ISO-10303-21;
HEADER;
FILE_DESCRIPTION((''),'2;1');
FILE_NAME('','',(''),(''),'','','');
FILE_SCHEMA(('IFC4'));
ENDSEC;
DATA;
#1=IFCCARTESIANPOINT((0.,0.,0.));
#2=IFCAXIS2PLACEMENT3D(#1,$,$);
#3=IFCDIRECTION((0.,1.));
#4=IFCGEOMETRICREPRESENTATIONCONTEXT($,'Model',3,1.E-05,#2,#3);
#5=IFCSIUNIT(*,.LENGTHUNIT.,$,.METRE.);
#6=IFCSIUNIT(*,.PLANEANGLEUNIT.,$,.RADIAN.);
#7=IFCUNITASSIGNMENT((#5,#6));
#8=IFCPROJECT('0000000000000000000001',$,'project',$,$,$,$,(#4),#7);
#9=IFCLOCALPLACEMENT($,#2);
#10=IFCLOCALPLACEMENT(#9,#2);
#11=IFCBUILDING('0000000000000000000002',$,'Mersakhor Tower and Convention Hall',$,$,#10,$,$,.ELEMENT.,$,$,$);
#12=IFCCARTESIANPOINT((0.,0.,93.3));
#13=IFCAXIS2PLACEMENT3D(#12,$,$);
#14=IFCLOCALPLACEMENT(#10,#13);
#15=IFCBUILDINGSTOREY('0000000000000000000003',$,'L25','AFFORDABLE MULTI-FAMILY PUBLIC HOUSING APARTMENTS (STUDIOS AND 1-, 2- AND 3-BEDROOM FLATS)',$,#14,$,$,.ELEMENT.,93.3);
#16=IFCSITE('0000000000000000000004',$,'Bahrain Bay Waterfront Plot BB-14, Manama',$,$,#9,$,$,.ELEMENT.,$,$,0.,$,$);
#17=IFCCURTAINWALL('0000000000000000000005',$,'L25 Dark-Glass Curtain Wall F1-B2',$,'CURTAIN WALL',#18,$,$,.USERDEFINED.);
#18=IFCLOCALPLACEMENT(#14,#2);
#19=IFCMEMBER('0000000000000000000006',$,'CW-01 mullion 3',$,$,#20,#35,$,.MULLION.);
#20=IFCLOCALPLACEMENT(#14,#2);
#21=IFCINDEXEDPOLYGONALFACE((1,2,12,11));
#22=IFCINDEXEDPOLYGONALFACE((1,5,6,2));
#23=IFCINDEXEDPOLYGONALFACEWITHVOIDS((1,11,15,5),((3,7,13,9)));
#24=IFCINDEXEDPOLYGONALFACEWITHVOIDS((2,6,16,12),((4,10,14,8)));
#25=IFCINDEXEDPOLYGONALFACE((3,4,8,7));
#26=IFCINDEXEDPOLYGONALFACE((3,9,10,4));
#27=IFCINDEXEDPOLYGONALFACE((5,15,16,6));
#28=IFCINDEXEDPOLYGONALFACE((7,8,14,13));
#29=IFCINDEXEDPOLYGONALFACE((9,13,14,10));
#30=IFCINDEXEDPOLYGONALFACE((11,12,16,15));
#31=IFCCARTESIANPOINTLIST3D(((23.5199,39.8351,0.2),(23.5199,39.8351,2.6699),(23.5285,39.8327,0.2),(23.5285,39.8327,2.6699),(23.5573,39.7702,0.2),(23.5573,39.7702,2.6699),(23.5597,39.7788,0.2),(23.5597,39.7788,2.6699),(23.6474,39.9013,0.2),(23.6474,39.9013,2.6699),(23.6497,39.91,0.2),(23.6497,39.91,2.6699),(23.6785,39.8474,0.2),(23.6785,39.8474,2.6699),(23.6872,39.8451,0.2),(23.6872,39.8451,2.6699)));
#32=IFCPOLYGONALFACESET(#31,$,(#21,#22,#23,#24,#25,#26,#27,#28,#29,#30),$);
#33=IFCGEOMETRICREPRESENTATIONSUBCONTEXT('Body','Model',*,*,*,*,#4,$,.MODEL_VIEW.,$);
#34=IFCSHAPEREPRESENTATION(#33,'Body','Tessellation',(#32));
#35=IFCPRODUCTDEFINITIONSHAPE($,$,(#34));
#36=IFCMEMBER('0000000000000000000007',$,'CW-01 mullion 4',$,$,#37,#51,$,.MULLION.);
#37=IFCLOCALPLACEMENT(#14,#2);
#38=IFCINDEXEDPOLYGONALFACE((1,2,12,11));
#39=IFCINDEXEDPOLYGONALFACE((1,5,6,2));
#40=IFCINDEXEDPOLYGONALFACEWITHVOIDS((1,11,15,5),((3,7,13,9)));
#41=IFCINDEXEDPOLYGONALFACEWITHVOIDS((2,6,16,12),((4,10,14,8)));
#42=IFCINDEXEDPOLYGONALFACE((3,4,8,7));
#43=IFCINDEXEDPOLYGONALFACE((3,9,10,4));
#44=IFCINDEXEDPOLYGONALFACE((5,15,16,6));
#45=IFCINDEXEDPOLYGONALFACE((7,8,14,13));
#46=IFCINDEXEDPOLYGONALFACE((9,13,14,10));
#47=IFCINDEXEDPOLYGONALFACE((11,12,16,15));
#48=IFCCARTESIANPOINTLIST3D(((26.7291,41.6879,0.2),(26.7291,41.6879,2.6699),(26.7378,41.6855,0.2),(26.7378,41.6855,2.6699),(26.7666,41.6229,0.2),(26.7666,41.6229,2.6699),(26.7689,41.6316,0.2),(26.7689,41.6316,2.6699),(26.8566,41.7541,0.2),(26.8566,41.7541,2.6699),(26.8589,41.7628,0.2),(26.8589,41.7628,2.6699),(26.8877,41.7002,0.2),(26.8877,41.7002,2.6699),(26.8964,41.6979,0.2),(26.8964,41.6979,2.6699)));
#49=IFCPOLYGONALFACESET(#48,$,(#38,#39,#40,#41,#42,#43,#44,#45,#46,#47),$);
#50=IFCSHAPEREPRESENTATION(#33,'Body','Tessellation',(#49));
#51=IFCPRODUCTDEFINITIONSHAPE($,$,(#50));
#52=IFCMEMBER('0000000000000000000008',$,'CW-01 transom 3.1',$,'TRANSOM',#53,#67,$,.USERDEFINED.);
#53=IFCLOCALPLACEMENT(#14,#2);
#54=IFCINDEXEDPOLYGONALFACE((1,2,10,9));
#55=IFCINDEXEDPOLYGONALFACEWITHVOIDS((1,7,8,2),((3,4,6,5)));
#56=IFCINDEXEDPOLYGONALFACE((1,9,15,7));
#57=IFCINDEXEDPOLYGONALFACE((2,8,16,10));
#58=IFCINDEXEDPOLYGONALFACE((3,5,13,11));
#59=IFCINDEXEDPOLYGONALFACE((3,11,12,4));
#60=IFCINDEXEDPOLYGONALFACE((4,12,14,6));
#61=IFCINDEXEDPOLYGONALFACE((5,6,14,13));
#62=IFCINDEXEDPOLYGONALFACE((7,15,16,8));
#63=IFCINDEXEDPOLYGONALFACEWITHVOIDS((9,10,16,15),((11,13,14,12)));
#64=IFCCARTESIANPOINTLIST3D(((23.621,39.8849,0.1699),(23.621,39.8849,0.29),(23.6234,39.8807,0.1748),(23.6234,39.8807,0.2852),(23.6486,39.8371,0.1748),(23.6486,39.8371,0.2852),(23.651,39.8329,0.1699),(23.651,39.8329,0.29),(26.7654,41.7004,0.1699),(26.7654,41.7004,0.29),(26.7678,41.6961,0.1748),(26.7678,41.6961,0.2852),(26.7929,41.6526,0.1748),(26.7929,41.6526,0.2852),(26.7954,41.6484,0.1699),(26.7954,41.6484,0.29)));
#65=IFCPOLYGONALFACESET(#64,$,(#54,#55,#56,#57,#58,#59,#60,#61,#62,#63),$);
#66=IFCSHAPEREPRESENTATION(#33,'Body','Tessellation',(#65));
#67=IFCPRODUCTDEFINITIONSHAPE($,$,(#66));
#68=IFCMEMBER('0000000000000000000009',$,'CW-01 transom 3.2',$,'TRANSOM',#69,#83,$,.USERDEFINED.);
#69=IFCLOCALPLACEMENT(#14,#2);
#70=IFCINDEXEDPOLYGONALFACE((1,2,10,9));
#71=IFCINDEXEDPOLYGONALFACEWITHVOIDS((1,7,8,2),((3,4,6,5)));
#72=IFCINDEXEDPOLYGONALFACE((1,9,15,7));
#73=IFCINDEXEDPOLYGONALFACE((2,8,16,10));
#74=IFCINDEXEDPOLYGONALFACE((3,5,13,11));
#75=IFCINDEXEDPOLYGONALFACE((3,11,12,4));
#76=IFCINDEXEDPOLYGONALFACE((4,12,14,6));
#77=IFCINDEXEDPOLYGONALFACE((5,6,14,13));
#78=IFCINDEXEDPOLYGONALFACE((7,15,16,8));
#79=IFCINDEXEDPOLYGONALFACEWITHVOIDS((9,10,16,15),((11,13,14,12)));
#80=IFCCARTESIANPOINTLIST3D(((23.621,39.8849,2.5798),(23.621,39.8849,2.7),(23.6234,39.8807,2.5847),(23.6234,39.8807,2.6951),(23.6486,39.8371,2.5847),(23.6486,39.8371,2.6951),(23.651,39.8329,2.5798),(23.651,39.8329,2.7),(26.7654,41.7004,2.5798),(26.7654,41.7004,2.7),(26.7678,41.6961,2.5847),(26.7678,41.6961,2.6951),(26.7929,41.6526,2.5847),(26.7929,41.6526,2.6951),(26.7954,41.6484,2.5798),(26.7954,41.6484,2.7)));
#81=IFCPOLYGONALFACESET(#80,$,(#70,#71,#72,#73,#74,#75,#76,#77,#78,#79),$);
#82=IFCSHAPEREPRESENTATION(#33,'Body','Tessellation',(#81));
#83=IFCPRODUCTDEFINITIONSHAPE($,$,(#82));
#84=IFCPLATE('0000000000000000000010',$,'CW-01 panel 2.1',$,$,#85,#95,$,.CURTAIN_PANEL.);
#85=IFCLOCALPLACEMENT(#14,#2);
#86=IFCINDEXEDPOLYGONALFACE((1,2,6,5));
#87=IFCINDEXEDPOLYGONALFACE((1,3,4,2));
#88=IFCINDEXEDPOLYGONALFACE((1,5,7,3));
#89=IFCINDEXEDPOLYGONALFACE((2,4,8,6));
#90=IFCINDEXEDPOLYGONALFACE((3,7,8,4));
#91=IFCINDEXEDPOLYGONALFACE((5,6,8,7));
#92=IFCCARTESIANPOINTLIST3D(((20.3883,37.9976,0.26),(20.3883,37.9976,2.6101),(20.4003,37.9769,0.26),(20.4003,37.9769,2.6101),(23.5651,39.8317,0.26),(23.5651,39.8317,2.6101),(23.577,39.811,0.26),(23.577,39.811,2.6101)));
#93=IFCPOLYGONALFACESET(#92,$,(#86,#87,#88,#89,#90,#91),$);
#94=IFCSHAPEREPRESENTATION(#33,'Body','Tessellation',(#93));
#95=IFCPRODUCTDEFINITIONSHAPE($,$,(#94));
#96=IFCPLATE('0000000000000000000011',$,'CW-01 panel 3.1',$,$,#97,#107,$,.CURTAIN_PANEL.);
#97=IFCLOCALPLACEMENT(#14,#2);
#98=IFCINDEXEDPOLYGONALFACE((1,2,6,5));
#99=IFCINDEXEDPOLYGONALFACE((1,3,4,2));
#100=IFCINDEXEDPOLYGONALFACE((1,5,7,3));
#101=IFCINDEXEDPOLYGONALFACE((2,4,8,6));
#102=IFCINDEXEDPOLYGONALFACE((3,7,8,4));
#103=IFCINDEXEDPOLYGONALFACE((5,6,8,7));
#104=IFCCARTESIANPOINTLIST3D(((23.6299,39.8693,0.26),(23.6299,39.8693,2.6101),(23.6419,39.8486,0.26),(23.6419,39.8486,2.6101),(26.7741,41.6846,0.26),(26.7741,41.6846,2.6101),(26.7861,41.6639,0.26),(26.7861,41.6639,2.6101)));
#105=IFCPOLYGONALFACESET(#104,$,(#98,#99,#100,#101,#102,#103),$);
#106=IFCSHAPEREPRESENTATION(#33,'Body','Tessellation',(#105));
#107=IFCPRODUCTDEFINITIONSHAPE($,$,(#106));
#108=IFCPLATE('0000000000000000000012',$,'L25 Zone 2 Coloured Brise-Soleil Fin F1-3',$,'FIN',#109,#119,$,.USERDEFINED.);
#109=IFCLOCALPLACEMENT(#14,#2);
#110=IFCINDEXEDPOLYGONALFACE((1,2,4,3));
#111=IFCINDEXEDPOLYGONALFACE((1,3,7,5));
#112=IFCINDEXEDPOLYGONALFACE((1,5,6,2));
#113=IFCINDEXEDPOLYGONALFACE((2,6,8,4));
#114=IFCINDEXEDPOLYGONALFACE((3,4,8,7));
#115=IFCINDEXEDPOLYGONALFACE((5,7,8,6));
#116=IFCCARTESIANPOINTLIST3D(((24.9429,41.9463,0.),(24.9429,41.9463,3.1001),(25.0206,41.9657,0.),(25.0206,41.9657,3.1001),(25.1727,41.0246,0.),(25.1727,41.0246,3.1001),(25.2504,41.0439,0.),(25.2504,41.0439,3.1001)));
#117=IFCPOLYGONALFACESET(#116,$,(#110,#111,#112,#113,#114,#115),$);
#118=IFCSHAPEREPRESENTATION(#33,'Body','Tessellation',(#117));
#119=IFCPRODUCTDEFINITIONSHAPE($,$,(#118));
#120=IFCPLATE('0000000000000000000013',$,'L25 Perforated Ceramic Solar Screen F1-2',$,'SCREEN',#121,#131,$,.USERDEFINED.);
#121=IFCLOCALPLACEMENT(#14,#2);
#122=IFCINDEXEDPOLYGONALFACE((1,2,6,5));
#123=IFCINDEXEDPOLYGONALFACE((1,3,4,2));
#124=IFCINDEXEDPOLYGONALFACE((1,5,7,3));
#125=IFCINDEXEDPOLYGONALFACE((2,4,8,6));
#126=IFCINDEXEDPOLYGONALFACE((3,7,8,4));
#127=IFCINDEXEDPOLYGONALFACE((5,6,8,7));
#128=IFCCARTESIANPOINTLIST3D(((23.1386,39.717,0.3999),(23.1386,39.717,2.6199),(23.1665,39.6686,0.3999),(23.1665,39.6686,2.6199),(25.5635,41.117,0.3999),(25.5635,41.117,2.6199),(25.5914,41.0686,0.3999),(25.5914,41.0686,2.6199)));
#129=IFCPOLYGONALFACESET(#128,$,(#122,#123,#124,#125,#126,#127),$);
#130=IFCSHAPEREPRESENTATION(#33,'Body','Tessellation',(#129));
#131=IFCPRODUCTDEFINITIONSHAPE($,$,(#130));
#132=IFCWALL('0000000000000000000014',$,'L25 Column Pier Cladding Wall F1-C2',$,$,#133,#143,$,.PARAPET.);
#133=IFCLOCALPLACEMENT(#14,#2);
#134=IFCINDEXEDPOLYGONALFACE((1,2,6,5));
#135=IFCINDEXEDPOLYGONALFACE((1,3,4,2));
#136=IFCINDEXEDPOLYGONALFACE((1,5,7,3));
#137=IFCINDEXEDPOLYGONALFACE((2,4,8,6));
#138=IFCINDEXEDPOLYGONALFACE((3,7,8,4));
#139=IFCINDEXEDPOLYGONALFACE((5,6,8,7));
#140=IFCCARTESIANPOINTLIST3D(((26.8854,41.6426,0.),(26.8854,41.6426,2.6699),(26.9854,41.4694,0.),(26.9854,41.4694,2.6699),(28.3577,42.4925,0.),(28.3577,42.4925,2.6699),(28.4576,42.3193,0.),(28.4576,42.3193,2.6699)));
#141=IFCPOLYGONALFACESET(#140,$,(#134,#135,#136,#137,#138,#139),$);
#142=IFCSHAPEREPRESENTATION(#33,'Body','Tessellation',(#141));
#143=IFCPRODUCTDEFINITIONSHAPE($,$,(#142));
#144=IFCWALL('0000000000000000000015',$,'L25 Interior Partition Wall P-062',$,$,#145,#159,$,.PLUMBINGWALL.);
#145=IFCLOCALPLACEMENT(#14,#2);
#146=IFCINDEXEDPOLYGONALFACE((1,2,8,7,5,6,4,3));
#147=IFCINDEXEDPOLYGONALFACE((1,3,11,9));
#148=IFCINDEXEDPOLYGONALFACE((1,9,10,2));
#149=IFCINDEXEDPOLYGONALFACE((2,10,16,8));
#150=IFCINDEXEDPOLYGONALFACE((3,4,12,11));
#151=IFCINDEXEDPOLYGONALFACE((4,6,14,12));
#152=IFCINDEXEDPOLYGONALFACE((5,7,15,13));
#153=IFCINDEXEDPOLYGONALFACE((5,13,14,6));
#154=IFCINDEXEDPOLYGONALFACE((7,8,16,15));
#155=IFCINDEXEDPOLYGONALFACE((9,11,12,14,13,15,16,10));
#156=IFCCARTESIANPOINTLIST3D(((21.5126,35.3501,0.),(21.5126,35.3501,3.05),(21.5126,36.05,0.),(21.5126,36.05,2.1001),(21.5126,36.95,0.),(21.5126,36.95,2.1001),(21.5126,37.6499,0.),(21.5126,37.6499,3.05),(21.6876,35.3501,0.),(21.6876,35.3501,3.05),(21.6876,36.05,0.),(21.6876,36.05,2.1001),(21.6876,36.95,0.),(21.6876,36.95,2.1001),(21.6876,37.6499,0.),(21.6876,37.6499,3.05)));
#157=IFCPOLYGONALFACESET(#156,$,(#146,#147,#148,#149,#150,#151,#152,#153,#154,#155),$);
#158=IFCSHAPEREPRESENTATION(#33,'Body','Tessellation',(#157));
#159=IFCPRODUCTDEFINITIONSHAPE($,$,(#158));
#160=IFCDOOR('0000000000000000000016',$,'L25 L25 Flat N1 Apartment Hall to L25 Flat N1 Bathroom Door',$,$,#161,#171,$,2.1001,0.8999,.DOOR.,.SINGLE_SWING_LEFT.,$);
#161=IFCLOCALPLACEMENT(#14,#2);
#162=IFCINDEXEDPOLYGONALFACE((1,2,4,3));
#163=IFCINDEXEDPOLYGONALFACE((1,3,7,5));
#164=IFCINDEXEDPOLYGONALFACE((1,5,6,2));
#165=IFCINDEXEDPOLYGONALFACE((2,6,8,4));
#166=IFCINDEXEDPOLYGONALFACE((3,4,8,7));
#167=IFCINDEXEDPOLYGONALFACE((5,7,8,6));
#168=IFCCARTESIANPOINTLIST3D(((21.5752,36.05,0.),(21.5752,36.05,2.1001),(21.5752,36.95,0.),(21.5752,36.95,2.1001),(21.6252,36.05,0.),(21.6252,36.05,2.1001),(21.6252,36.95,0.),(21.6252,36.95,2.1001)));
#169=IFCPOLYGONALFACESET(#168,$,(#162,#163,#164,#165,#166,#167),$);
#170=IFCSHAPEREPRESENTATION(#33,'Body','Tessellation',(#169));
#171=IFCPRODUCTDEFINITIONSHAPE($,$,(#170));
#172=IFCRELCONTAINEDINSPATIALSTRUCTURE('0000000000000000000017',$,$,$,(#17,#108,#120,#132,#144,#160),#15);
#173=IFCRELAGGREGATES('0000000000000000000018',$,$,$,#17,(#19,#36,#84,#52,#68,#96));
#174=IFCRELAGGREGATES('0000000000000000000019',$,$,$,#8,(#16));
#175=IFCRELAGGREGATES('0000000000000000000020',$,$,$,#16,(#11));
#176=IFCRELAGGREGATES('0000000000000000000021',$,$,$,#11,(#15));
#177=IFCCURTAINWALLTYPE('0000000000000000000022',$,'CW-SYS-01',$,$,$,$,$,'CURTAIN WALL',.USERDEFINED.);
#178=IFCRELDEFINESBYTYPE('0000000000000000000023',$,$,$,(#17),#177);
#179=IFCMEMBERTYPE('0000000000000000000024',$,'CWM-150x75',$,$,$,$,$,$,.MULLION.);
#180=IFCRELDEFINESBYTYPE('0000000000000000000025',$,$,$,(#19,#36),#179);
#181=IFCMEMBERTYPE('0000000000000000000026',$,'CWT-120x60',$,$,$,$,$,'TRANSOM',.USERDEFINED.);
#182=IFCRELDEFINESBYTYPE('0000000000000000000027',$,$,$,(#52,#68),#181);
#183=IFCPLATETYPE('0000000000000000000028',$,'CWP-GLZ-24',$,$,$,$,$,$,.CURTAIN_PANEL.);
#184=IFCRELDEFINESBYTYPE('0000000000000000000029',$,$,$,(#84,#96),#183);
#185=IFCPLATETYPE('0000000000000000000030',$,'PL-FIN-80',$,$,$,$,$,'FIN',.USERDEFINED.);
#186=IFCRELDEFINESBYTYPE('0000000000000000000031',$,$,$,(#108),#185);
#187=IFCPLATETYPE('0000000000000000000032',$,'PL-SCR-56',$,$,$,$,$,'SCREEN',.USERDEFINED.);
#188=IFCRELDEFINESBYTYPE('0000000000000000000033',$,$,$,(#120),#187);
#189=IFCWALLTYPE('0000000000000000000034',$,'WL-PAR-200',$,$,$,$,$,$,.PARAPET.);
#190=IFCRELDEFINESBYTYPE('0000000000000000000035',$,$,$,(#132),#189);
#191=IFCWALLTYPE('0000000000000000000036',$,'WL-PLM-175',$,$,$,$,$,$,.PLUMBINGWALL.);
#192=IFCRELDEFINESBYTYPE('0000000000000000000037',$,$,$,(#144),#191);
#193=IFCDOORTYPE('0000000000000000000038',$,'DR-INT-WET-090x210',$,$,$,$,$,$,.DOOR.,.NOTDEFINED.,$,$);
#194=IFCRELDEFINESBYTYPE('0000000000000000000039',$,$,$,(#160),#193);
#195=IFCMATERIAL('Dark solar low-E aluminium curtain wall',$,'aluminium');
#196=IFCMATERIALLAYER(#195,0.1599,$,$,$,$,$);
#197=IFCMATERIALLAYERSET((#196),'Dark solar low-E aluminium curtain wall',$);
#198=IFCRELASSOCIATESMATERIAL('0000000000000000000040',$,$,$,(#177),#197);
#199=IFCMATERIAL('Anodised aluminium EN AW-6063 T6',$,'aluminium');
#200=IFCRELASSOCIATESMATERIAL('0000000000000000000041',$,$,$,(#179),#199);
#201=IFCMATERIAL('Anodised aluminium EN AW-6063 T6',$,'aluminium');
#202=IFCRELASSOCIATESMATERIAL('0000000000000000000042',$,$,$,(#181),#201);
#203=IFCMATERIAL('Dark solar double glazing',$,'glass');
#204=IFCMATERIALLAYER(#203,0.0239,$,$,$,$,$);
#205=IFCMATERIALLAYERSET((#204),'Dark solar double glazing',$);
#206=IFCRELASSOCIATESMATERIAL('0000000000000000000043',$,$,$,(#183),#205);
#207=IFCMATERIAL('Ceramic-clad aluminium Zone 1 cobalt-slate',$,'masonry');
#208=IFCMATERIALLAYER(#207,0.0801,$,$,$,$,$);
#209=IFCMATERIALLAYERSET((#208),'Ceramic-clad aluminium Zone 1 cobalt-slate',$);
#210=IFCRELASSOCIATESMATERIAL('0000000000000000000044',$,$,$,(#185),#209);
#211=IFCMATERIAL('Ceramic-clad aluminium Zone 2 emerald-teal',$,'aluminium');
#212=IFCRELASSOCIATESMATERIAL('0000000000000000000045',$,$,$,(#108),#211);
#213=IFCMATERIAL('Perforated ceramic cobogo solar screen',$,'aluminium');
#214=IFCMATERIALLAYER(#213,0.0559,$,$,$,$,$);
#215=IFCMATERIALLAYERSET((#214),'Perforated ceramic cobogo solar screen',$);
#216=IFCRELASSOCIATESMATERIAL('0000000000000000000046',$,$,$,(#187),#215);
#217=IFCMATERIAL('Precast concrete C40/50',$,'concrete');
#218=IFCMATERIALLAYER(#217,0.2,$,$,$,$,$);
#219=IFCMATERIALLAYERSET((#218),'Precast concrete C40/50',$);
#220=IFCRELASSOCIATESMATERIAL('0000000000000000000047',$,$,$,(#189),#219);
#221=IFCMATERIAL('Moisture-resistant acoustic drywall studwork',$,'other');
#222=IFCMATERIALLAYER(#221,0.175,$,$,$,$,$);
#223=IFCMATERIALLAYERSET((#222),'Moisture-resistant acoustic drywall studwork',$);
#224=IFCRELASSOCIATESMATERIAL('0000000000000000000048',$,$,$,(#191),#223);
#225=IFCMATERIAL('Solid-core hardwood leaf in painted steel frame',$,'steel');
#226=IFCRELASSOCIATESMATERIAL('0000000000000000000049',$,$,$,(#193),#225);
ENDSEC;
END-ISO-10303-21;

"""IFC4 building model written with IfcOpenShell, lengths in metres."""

from ifc_helpers import new_model, si_unit, direction, frame, frame_2d, origin, origin_2d, place, context, subcontext, project, spatial, rectangle, hollow_rectangle, extrude, material, layer, layer_set, material_profile, profile_set, type_object, element, fill, aggregate, save


model = new_model("IFC4")

# Units and contexts
model_context = context("Model", 3, precision=1e-05, world=origin(), true_north=direction((0.0, 1.0)))
body_context = subcontext(model_context, "Body", "Model", "MODEL_VIEW")
ifc_project = project(units=[si_unit("LENGTHUNIT", "METRE"), si_unit("PLANEANGLEUNIT", "RADIAN")], contexts=[model_context])

# Site, building, storey
site_placement = place(None, origin())
site = spatial("IfcSite", under=ifc_project, at=site_placement, Name="Bahrain Bay Waterfront Plot BB-14, Manama", CompositionType="ELEMENT", RefElevation=0.0)
building_placement = place(site_placement, origin())
building = spatial("IfcBuilding", under=site, at=building_placement, Name="Mersakhor Tower and Convention Hall", CompositionType="ELEMENT")
storey_placement = place(building_placement, frame((0.0, 0.0, 93.3)))
storey = spatial("IfcBuildingStorey", under=building, at=storey_placement, Name="L25", Description="AFFORDABLE MULTI-FAMILY PUBLIC HOUSING APARTMENTS (STUDIOS AND 1-, 2- AND 3-BEDROOM FLATS)", CompositionType="ELEMENT", Elevation=93.3)

# Curtain wall, members, plates
ifc_material_1 = material(Name="Dark solar low-E aluminium curtain wall", Category="aluminium")
ifc_layer_1 = layer(ifc_material_1, 0.1599)
ifc_layer_set_1 = layer_set([ifc_layer_1], Name="Dark solar low-E aluminium curtain wall")
curtain_wall_type = type_object("IfcCurtainWallType", Name="CW-SYS-01", ElementType="CURTAIN WALL", PredefinedType="USERDEFINED", material=ifc_layer_set_1)
curtain_wall_placement = place(storey_placement, origin())
curtain_wall = element("IfcCurtainWall", 1, at=curtain_wall_placement, inside=storey, type_object=curtain_wall_type, Name="L25 Dark-Glass Curtain Wall F1-B2", ObjectType="CURTAIN WALL", PredefinedType="USERDEFINED")
ifc_material_2 = material(Name="Anodised aluminium EN AW-6063 T6", Category="aluminium")
ifc_material_profile_1 = material_profile(ifc_material_2, hollow_rectangle(XDim=0.075, YDim=0.1499, WallThickness=0.0063, at=origin_2d()), Name="RHS 150x75x6.3")
ifc_profile_set_1 = profile_set([ifc_material_profile_1], Name="Anodised aluminium EN AW-6063 T6")
member_type_1 = type_object("IfcMemberType", Name="CWM-150x75", PredefinedType="MULLION", material=ifc_profile_set_1)
member_1_placement = place(storey_placement, frame((23.6035, 39.8401, 0.2), z_axis=(0.0, 0.0, 1.0), x_axis=(-0.499998, 0.866027, 0.0)))
member_1 = element("IfcMember", 2, at=member_1_placement, type_object=member_type_1, Name="CW-01 mullion 3", PredefinedType="MULLION", context=body_context, shape_type="SweptSolid", body=[
    extrude(hollow_rectangle(XDim=0.075, YDim=0.1499, WallThickness=0.0063, at=origin_2d()), origin(), (0.0, 0.0, 1.0), 2.47),
])
member_2_placement = place(storey_placement, frame((26.8127, 41.6929, 0.2), z_axis=(0.0, 0.0, 1.0), x_axis=(-0.499998, 0.866027, 0.0)))
member_2 = element("IfcMember", 3, at=member_2_placement, type_object=member_type_1, Name="CW-01 mullion 4", PredefinedType="MULLION", context=body_context, shape_type="SweptSolid", body=[
    extrude(hollow_rectangle(XDim=0.075, YDim=0.1499, WallThickness=0.0063, at=origin_2d()), origin(), (0.0, 0.0, 1.0), 2.47),
])
ifc_material_3 = material(Name="Anodised aluminium EN AW-6063 T6", Category="aluminium")
ifc_material_profile_2 = material_profile(ifc_material_3, hollow_rectangle(XDim=0.0601, YDim=0.1201, WallThickness=0.0049, at=origin_2d()), Name="RHS 120x60x5")
ifc_profile_set_2 = profile_set([ifc_material_profile_2], Name="Anodised aluminium EN AW-6063 T6")
member_type_2 = type_object("IfcMemberType", Name="CWT-120x60", ElementType="TRANSOM", PredefinedType="USERDEFINED", material=ifc_profile_set_2)
member_3_placement = place(storey_placement, frame((23.636, 39.8589, 0.23), z_axis=(0.866016, 0.500015, 0.0), x_axis=(-0.500015, 0.866016, 0.0)))
member_3 = element("IfcMember", 4, at=member_3_placement, type_object=member_type_2, Name="CW-01 transom 3.1", ObjectType="TRANSOM", PredefinedType="USERDEFINED", context=body_context, shape_type="SweptSolid", body=[
    extrude(hollow_rectangle(XDim=0.0601, YDim=0.1201, WallThickness=0.0049, at=origin_2d()), origin(), (0.0, 0.0, 1.0), 3.6309),
])
member_4_placement = place(storey_placement, frame((23.636, 39.8589, 2.6399), z_axis=(0.866016, 0.500015, 0.0), x_axis=(-0.500015, 0.866016, 0.0)))
member_4 = element("IfcMember", 5, at=member_4_placement, type_object=member_type_2, Name="CW-01 transom 3.2", ObjectType="TRANSOM", PredefinedType="USERDEFINED", context=body_context, shape_type="SweptSolid", body=[
    extrude(hollow_rectangle(XDim=0.0601, YDim=0.1201, WallThickness=0.0049, at=origin_2d()), origin(), (0.0, 0.0, 1.0), 3.6309),
])
ifc_material_4 = material(Name="Dark solar double glazing", Category="glass")
ifc_layer_2 = layer(ifc_material_4, 0.0239)
ifc_layer_set_2 = layer_set([ifc_layer_2], Name="Dark solar double glazing")
plate_type_1 = type_object("IfcPlateType", Name="CWP-GLZ-24", PredefinedType="CURTAIN_PANEL", material=ifc_layer_set_2)
plate_1_placement = place(storey_placement, frame((21.9827, 38.9043, 0.26), z_axis=(0.0, 0.0, 1.0), x_axis=(0.866027, 0.499998, 0.0)))
plate_1 = element("IfcPlate", 6, at=plate_1_placement, type_object=plate_type_1, Name="CW-01 panel 2.1", PredefinedType="CURTAIN_PANEL", context=body_context, shape_type="SweptSolid", body=[
    extrude(rectangle(XDim=3.6682, YDim=0.0239, at=origin_2d()), origin(), (0.0, 0.0, 1.0), 2.3501),
])
plate_2_placement = place(storey_placement, frame((25.208, 40.7666, 0.26), z_axis=(0.0, 0.0, 1.0), x_axis=(0.866027, 0.499998, 0.0)))
plate_2 = element("IfcPlate", 7, at=plate_2_placement, type_object=plate_type_1, Name="CW-01 panel 3.1", PredefinedType="CURTAIN_PANEL", context=body_context, shape_type="SweptSolid", body=[
    extrude(rectangle(XDim=3.6306, YDim=0.0239, at=origin_2d()), origin(), (0.0, 0.0, 1.0), 2.3501),
])
aggregate(curtain_wall, [member_1, member_2, plate_1, member_3, member_4, plate_2])

# Plates
ifc_material_5 = material(Name="Ceramic-clad aluminium Zone 2 emerald-teal", Category="aluminium")
ifc_material_6 = material(Name="Ceramic-clad aluminium Zone 1 cobalt-slate", Category="masonry")
ifc_layer_3 = layer(ifc_material_6, 0.0801)
ifc_layer_set_3 = layer_set([ifc_layer_3], Name="Ceramic-clad aluminium Zone 1 cobalt-slate")
plate_type_2 = type_object("IfcPlateType", Name="PL-FIN-80", ElementType="FIN", PredefinedType="USERDEFINED", material=ifc_layer_set_3)
plate_3_placement = place(storey_placement, frame((25.0967, 41.4951, 0.0), z_axis=(0.0, 0.0, 1.0), x_axis=(-0.241922, 0.970296, 0.0)))
element("IfcPlate", 8, at=plate_3_placement, inside=storey, type_object=plate_type_2, material=ifc_material_5, Name="L25 Zone 2 Coloured Brise-Soleil Fin F1-3", ObjectType="FIN", PredefinedType="USERDEFINED", context=body_context, shape_type="SweptSolid", body=[
    extrude(rectangle(XDim=0.95, YDim=0.0801, at=origin_2d()), origin(), (0.0, 0.0, 1.0), 3.1001),
])
ifc_material_7 = material(Name="Perforated ceramic cobogo solar screen", Category="aluminium")
ifc_layer_4 = layer(ifc_material_7, 0.0559)
ifc_layer_set_4 = layer_set([ifc_layer_4], Name="Perforated ceramic cobogo solar screen")
plate_type_3 = type_object("IfcPlateType", Name="PL-SCR-56", ElementType="SCREEN", PredefinedType="USERDEFINED", material=ifc_layer_set_4)
plate_4_placement = place(storey_placement, frame((24.365, 40.3928, 0.3999), z_axis=(0.0, 0.0, 1.0), x_axis=(0.866025, 0.5, 0.0)))
element("IfcPlate", 9, at=plate_4_placement, inside=storey, type_object=plate_type_3, Name="L25 Perforated Ceramic Solar Screen F1-2", ObjectType="SCREEN", PredefinedType="USERDEFINED", context=body_context, shape_type="SweptSolid", body=[
    extrude(rectangle(XDim=2.8, YDim=0.0559, at=origin_2d()), origin(), (0.0, 0.0, 1.0), 2.22),
])

# Wall
ifc_material_8 = material(Name="Precast concrete C40/50", Category="concrete")
ifc_layer_5 = layer(ifc_material_8, 0.2)
ifc_layer_set_5 = layer_set([ifc_layer_5], Name="Precast concrete C40/50")
wall_type_1 = type_object("IfcWallType", Name="WL-PAR-200", PredefinedType="PARAPET", material=ifc_layer_set_5)
wall_1_placement = place(storey_placement, frame((26.9353, 41.5559, 0.0), z_axis=(0.0, 0.0, 1.0), x_axis=(0.866052, 0.499955, 0.0)))
element("IfcWall", 10, at=wall_1_placement, inside=storey, type_object=wall_type_1, Name="L25 Column Pier Cladding Wall F1-C2", PredefinedType="PARAPET", context=body_context, shape_type="SweptSolid", body=[
    extrude(rectangle(XDim=1.7, YDim=0.2, at=frame_2d((0.8501, 0.0))), origin(), (0.0, 0.0, 1.0), 2.6699),
])

# Wall, opening, door
ifc_material_9 = material(Name="Moisture-resistant acoustic drywall studwork", Category="other")
ifc_layer_6 = layer(ifc_material_9, 0.175)
ifc_layer_set_6 = layer_set([ifc_layer_6], Name="Moisture-resistant acoustic drywall studwork")
wall_type_2 = type_object("IfcWallType", Name="WL-PLM-175", PredefinedType="PLUMBINGWALL", material=ifc_layer_set_6)
wall_2_placement = place(storey_placement, frame((21.6001, 35.3501, 0.0), z_axis=(0.0, 0.0, 1.0), x_axis=(0.0, 1.0, 0.0)))
wall_2 = element("IfcWall", 11, at=wall_2_placement, inside=storey, type_object=wall_type_2, Name="L25 Interior Partition Wall P-062", PredefinedType="PLUMBINGWALL", context=body_context, shape_type="SweptSolid", body=[
    extrude(rectangle(XDim=2.2998, YDim=0.175, at=frame_2d((1.1499, 0.0))), origin(), (0.0, 0.0, 1.0), 3.05),
])
opening_1_placement = place(wall_2_placement, frame((0.7, 0.0, 0.0)))
opening_1 = element("IfcOpeningElement", 12, at=opening_1_placement, cuts=wall_2, PredefinedType="OPENING", context=body_context, shape_type="SweptSolid", body=[
    extrude(rectangle(XDim=0.8999, YDim=2.1001, at=frame_2d((0.45, 1.05))), frame((0.0, 0.0974, 0.0), z_axis=(0.0, -1.0, 0.0), x_axis=(1.0, 0.0, 0.0)), (0.0, 0.0, 1.0), 0.1951),
])
ifc_material_10 = material(Name="Solid-core hardwood leaf in painted steel frame", Category="steel")
door_type_1 = type_object("IfcDoorType", Name="DR-INT-WET-090x210", OperationType="NOTDEFINED", PredefinedType="DOOR", material=ifc_material_10)
door_1_placement = place(opening_1_placement, origin())
door_1 = element("IfcDoor", 13, at=door_1_placement, inside=storey, type_object=door_type_1, Name="L25 L25 Flat N1 Apartment Hall to L25 Flat N1 Bathroom Door", OperationType="SINGLE_SWING_LEFT", OverallHeight=2.1001, OverallWidth=0.8999, PredefinedType="DOOR", context=body_context, shape_type="SweptSolid", body=[
    extrude(rectangle(XDim=0.8999, YDim=2.1001, at=frame_2d((0.45, 1.05))), frame((0.0, 0.0249, 0.0), z_axis=(0.0, -1.0, 0.0), x_axis=(1.0, 0.0, 0.0)), (0.0, 0.0, 1.0), 0.05),
])
fill(opening_1, door_1)

save(model, "model.ifc")
